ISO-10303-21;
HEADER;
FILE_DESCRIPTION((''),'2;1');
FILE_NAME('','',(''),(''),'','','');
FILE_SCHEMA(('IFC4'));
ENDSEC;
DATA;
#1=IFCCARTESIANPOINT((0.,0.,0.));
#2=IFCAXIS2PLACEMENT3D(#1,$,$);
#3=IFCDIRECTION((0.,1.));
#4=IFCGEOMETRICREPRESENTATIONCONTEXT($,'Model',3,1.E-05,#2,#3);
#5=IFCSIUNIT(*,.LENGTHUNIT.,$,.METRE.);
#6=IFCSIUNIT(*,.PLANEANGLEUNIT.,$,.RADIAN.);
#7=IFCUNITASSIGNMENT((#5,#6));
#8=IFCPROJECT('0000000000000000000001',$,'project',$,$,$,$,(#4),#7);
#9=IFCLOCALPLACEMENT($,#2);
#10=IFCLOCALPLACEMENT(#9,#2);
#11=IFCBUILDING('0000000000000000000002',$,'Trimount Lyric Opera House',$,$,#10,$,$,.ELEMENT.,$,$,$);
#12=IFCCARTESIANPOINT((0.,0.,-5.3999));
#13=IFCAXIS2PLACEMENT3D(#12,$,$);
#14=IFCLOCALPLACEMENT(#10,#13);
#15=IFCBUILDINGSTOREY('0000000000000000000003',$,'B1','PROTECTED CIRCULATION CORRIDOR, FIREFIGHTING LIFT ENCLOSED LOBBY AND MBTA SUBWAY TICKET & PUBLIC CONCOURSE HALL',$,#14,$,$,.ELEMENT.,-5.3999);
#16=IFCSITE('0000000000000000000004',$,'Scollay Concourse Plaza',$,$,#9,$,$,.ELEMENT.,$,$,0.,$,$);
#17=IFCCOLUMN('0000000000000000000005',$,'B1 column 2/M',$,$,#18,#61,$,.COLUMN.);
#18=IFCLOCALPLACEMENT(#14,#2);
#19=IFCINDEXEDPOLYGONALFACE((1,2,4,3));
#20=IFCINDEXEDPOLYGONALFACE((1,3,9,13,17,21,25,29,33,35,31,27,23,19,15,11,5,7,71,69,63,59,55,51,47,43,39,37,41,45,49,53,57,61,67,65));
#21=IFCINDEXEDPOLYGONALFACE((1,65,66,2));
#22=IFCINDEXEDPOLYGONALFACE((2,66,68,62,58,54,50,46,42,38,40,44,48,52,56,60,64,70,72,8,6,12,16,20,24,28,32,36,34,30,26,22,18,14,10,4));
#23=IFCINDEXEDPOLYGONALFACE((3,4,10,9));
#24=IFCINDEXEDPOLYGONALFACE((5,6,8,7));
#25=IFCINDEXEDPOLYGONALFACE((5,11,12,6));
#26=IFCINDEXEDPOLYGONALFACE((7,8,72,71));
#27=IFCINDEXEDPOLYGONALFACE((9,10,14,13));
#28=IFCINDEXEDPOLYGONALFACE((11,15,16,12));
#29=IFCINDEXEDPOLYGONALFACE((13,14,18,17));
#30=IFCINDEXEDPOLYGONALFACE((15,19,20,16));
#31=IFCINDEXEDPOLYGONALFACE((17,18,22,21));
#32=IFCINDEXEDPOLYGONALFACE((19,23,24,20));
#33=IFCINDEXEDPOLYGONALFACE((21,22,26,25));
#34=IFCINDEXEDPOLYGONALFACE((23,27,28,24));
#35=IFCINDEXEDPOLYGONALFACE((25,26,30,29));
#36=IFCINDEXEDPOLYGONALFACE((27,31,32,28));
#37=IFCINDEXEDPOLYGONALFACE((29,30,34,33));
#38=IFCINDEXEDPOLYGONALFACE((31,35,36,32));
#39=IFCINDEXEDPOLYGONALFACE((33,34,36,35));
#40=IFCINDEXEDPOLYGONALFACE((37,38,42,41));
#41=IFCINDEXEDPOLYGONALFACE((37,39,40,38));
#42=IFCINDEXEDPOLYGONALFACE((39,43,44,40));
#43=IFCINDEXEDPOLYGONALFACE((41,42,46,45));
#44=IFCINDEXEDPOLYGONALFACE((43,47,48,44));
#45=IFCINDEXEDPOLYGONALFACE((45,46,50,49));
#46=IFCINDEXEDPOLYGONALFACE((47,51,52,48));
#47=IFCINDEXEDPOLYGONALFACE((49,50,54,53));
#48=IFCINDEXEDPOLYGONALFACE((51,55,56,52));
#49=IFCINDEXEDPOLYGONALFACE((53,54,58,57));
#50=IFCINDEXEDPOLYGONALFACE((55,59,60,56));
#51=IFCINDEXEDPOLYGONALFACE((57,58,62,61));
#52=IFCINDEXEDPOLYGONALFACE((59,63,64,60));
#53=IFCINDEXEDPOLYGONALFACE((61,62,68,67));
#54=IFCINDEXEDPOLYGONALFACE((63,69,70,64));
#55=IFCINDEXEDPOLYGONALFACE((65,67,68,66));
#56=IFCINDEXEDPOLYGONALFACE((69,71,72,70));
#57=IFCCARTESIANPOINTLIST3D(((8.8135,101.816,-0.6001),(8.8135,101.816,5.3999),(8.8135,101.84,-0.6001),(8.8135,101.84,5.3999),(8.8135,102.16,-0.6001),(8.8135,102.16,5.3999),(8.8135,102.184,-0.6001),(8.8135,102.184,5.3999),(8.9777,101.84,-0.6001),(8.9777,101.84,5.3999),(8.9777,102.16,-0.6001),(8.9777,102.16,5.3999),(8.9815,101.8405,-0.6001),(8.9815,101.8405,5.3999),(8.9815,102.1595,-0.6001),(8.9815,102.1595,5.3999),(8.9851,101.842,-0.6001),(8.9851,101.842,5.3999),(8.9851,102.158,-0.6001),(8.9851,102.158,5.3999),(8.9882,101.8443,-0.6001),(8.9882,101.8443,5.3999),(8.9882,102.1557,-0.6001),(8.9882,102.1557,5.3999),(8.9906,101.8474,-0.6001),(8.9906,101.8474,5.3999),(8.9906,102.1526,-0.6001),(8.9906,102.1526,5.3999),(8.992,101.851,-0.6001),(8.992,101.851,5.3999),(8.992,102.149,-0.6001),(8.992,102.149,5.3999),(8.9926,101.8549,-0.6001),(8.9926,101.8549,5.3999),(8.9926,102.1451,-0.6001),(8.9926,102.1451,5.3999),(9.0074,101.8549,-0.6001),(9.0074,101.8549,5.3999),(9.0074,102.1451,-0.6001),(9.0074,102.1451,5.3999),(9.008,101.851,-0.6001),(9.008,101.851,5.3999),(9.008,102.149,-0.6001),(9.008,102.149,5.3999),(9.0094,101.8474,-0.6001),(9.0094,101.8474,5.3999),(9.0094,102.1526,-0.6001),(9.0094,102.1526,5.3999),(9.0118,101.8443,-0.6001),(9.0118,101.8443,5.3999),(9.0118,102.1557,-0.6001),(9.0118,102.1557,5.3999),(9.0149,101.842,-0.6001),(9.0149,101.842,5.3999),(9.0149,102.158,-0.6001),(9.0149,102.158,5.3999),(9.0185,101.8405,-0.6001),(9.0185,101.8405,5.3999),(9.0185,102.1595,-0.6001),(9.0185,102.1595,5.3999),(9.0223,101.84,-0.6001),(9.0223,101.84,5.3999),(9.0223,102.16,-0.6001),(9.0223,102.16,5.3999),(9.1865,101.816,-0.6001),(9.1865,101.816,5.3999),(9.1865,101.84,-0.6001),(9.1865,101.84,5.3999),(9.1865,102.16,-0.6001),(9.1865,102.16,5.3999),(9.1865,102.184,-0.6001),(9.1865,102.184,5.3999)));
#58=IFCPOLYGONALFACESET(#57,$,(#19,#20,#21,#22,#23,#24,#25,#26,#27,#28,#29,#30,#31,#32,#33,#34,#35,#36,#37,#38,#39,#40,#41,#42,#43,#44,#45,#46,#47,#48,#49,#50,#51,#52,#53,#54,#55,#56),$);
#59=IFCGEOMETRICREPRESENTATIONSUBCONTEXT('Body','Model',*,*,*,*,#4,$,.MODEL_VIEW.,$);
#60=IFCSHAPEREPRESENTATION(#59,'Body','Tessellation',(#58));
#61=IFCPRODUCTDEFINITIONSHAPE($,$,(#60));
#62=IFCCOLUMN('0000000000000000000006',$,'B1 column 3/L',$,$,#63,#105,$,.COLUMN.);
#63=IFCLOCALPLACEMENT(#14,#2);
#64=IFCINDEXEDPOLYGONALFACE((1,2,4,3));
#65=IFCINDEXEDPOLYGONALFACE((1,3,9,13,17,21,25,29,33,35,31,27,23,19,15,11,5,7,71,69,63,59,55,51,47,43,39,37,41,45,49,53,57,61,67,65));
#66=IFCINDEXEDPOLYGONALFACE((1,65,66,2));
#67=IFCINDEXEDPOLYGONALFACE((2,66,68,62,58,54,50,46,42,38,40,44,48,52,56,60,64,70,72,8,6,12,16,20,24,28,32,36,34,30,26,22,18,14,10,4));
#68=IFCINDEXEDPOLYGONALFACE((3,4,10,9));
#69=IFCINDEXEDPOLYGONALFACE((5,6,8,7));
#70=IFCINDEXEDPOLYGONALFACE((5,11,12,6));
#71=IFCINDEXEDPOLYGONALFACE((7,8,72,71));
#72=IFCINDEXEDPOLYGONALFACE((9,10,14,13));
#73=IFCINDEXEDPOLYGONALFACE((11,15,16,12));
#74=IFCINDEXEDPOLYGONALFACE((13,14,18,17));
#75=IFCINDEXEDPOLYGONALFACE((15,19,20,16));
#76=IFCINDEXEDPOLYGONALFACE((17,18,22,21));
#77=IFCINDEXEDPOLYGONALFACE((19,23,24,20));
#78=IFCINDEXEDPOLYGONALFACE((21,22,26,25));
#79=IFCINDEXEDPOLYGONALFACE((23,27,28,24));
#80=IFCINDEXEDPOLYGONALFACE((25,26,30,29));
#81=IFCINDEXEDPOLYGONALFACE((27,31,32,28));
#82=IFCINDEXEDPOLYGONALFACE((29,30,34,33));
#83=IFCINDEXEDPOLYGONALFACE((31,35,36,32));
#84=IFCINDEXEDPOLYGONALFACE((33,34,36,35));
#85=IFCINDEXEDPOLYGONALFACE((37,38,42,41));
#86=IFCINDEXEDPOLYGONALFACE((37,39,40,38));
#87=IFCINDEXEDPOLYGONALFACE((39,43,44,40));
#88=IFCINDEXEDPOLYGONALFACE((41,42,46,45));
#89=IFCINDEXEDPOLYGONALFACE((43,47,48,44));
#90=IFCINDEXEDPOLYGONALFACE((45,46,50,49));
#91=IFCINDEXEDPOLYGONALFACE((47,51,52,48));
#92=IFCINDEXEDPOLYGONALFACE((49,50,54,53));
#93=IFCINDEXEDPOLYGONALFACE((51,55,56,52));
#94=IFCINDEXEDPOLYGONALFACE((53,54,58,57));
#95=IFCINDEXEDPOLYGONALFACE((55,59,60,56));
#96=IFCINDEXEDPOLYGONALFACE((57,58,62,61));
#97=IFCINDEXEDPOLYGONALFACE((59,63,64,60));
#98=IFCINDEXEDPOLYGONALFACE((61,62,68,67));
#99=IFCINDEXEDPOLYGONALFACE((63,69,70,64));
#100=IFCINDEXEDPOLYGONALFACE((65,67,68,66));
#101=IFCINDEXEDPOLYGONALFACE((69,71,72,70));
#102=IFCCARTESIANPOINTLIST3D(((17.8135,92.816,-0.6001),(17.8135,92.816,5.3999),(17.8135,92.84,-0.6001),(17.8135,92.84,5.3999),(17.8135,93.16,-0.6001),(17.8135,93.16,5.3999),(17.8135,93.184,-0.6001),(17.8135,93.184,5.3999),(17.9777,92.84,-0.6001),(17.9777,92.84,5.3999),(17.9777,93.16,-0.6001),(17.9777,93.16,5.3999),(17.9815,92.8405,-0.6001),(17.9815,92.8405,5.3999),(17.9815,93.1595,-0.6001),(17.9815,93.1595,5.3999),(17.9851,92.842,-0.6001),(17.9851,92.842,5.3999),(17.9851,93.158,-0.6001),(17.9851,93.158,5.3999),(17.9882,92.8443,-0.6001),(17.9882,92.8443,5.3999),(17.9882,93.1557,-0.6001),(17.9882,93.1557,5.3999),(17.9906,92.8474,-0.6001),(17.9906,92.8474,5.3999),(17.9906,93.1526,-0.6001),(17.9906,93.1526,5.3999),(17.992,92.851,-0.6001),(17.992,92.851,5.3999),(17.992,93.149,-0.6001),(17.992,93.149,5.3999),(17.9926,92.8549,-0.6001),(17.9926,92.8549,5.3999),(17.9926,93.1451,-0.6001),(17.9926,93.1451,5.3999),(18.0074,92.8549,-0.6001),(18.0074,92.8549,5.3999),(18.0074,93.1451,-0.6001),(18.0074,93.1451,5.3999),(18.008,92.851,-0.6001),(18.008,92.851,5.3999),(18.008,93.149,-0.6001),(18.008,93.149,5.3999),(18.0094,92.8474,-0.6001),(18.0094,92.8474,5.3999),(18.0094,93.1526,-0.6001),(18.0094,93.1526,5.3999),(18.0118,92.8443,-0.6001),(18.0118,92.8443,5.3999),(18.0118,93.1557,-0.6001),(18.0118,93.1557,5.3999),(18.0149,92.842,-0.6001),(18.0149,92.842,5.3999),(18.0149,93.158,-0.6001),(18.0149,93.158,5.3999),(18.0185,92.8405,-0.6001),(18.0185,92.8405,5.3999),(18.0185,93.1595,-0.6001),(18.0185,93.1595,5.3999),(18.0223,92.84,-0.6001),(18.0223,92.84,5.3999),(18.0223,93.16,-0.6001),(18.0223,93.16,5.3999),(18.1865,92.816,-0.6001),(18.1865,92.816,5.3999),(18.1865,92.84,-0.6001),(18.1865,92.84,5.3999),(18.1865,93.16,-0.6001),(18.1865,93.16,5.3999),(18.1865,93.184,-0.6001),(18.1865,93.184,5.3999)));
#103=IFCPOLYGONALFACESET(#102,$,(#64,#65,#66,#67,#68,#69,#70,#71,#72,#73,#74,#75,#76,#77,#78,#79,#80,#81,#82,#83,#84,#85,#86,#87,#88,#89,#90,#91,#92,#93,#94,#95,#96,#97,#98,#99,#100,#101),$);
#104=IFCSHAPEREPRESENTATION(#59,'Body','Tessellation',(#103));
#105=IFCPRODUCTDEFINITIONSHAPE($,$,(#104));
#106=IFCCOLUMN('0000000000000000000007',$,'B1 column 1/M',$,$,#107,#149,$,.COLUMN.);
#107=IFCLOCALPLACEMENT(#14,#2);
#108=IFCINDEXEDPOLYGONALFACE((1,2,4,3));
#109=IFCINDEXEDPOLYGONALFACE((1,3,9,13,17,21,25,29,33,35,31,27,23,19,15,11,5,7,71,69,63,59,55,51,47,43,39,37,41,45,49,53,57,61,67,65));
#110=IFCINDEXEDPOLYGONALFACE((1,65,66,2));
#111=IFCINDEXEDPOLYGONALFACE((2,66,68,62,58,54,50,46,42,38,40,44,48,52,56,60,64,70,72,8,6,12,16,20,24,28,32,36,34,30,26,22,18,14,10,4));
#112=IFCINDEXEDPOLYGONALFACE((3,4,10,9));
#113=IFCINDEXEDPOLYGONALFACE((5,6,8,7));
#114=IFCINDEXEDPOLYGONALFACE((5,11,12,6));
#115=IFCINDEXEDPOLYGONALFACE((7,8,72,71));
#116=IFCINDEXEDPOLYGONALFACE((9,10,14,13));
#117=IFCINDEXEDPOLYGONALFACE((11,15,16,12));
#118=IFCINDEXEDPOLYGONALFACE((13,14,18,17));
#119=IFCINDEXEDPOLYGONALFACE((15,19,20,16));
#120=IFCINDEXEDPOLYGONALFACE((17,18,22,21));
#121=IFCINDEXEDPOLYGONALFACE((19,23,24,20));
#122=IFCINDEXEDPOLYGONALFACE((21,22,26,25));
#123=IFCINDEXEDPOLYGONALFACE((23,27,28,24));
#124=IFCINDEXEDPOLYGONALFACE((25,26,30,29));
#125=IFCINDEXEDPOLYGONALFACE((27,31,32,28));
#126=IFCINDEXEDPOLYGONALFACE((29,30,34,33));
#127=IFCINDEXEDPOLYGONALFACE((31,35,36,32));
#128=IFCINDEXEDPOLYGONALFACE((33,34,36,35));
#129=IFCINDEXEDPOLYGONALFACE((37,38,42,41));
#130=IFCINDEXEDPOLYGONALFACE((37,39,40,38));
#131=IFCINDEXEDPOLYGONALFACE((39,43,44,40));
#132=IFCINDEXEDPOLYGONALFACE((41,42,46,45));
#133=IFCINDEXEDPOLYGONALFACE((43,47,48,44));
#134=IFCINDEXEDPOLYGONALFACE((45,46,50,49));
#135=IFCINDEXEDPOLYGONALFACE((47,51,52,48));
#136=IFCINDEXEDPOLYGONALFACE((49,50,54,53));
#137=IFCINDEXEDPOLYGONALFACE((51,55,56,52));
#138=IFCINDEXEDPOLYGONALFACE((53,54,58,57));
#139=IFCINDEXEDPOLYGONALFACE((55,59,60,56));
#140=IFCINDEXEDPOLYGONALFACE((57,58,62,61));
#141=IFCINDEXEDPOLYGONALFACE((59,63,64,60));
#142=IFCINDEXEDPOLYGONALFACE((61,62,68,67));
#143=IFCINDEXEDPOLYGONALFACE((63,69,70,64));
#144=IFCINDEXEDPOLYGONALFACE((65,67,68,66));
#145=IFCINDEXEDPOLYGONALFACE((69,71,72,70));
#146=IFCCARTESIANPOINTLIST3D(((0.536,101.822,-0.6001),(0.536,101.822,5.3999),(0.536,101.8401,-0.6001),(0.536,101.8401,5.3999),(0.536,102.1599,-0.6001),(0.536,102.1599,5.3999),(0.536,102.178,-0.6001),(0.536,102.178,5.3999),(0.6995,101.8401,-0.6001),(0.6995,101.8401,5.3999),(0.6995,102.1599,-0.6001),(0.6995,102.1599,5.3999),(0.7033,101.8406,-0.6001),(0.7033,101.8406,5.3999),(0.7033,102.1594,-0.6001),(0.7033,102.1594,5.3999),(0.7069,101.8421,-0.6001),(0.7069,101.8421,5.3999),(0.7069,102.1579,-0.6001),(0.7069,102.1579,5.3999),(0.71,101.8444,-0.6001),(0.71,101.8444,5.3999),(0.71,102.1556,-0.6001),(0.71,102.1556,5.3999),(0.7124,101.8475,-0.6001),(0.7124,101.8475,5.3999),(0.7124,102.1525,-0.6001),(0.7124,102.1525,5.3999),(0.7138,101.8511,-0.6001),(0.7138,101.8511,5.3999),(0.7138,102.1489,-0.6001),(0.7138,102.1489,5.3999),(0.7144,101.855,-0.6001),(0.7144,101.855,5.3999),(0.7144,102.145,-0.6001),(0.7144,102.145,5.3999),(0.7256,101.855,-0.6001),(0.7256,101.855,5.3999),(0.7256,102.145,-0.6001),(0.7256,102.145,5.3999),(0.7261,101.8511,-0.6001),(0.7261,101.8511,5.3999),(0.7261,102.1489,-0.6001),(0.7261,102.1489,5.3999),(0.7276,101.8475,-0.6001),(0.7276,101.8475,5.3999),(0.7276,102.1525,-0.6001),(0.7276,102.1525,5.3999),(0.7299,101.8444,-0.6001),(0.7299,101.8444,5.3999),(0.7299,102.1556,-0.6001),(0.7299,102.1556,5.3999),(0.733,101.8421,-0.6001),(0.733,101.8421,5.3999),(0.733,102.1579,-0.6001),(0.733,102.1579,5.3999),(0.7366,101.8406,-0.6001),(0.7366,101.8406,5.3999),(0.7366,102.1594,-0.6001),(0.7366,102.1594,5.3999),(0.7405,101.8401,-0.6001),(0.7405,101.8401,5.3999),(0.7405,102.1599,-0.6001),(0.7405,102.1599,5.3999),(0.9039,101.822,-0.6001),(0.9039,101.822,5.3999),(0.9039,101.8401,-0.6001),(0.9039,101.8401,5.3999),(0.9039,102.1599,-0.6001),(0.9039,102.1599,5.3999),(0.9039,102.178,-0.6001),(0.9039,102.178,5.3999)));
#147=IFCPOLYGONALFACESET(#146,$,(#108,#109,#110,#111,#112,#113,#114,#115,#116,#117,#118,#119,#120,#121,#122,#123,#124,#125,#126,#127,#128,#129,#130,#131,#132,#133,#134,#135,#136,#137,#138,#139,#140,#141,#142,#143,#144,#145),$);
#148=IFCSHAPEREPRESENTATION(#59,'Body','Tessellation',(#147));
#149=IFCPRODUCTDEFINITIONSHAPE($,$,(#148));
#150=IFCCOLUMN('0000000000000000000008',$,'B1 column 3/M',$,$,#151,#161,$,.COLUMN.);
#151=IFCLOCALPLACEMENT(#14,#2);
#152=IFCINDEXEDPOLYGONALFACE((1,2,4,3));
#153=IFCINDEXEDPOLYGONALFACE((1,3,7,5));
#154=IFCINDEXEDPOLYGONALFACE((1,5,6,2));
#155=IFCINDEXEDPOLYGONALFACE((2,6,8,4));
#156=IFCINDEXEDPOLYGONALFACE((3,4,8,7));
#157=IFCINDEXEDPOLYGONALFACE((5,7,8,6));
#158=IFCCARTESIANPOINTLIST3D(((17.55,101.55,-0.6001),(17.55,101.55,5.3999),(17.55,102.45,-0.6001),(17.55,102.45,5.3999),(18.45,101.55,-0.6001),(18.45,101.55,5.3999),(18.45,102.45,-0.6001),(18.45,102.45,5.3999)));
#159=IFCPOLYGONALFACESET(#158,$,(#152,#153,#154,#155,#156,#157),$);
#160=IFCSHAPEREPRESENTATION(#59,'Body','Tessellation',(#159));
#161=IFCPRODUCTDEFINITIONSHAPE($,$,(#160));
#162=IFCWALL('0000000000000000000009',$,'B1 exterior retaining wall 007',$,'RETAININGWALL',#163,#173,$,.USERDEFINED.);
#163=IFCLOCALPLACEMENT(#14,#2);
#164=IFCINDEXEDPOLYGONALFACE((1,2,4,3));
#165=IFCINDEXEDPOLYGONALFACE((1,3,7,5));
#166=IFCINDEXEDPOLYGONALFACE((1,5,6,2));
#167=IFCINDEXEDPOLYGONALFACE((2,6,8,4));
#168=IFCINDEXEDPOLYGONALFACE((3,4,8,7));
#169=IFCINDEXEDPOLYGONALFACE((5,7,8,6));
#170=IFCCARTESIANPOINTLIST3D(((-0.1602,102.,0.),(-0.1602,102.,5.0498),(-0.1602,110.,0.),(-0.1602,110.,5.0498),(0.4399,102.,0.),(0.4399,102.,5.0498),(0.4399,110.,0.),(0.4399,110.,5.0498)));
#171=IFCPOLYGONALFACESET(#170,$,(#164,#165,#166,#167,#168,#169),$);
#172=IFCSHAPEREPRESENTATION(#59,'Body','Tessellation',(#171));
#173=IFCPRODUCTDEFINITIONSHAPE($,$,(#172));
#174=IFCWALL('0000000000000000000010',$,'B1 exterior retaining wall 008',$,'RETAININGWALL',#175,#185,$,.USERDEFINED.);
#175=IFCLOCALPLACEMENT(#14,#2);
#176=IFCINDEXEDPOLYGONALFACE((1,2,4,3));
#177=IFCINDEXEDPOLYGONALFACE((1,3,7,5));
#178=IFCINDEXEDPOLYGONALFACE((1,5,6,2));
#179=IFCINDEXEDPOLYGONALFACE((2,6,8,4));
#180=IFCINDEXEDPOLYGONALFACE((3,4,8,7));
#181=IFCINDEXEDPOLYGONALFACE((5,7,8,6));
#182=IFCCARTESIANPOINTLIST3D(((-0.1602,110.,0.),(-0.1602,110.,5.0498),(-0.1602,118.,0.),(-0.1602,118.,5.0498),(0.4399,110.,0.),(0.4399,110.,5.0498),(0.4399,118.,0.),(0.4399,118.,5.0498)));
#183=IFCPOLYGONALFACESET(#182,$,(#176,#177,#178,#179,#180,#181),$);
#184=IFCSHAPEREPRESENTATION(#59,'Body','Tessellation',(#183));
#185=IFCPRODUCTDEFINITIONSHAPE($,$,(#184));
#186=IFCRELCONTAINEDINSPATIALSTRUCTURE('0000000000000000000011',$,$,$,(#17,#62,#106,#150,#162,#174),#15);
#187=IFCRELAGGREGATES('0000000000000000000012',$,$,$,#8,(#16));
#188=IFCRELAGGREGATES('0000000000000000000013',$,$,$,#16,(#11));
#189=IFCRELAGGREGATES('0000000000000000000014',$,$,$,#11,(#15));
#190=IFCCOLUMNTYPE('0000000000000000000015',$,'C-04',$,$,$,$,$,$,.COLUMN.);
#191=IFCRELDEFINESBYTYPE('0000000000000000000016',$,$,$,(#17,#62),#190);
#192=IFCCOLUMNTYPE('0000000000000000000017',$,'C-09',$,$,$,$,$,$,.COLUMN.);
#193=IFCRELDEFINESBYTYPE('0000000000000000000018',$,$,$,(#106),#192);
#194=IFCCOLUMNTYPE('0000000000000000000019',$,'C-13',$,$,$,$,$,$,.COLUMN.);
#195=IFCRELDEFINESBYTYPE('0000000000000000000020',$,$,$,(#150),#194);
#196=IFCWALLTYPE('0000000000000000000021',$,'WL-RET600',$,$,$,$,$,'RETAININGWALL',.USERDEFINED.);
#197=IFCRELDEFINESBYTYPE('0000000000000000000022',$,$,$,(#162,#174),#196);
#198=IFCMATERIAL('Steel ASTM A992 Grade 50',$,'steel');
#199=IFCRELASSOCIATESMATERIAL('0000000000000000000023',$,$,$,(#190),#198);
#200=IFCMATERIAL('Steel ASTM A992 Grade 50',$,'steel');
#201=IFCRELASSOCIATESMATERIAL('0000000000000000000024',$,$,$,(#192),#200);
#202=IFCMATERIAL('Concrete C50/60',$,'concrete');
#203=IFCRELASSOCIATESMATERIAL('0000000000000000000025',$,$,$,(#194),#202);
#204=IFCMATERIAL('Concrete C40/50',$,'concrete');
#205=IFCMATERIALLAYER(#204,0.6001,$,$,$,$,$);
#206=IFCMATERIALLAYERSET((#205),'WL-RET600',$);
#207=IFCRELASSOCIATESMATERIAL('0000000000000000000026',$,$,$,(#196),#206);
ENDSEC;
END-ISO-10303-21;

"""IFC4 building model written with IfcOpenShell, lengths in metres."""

from ifc_helpers import new_model, si_unit, direction, frame, frame_2d, origin, origin_2d, place, context, subcontext, project, spatial, rectangle, i_section, extrude, material, layer, layer_set, material_profile, profile_set, type_object, element, save


model = new_model("IFC4")

# Units and contexts
model_context = context("Model", 3, precision=1e-05, world=origin(), true_north=direction((0.0, 1.0)))
body_context = subcontext(model_context, "Body", "Model", "MODEL_VIEW")
ifc_project = project(units=[si_unit("LENGTHUNIT", "METRE"), si_unit("PLANEANGLEUNIT", "RADIAN")], contexts=[model_context])

# Site, building, storey
site_placement = place(None, origin())
site = spatial("IfcSite", under=ifc_project, at=site_placement, Name="Scollay Concourse Plaza", CompositionType="ELEMENT", RefElevation=0.0)
building_placement = place(site_placement, origin())
building = spatial("IfcBuilding", under=site, at=building_placement, Name="Trimount Lyric Opera House", CompositionType="ELEMENT")
storey_placement = place(building_placement, frame((0.0, 0.0, -5.3999)))
storey = spatial("IfcBuildingStorey", under=building, at=storey_placement, Name="B1", Description="PROTECTED CIRCULATION CORRIDOR, FIREFIGHTING LIFT ENCLOSED LOBBY AND MBTA SUBWAY TICKET & PUBLIC CONCOURSE HALL", CompositionType="ELEMENT", Elevation=-5.3999)

# Columns
ifc_material_1 = material(Name="Steel ASTM A992 Grade 50", Category="steel")
ifc_material_profile_1 = material_profile(ifc_material_1, i_section(OverallWidth=0.373, OverallDepth=0.3679, WebThickness=0.0149, FlangeThickness=0.0239, FilletRadius=0.0149, at=origin_2d()), Name="W14X120")
ifc_profile_set_1 = profile_set([ifc_material_profile_1], Name="Steel ASTM A992 Grade 50")
column_type_1 = type_object("IfcColumnType", Name="C-04", PredefinedType="COLUMN", material=ifc_profile_set_1)
for number, where, z_axis, x_axis, name in (
    (1, (9.0, 102.0, -0.6001), (0.0, 0.0, 1.0), (1.0, 0.0, 0.0), "B1 column 2/M"),
    (2, (18.0, 93.0, -0.6001), (0.0, 0.0, 1.0), (1.0, 0.0, 0.0), "B1 column 3/L"),
):
    element("IfcColumn", number, at=place(storey_placement, frame(where, z_axis=z_axis, x_axis=x_axis)), inside=storey, type_object=column_type_1, Name=name, PredefinedType="COLUMN", context=body_context, shape_type="SweptSolid", body=[
        extrude(i_section(OverallWidth=0.373, OverallDepth=0.3679, WebThickness=0.0149, FlangeThickness=0.0239, FilletRadius=0.0149, at=origin_2d()), origin(), (0.0, 0.0, 1.0), 6.0),
    ])
ifc_material_2 = material(Name="Steel ASTM A992 Grade 50", Category="steel")
ifc_material_profile_2 = material_profile(ifc_material_2, i_section(OverallWidth=0.3679, OverallDepth=0.356, WebThickness=0.0112, FlangeThickness=0.0181, FilletRadius=0.0149, at=origin_2d()), Name="W14X90")
ifc_profile_set_2 = profile_set([ifc_material_profile_2], Name="Steel ASTM A992 Grade 50")
column_type_2 = type_object("IfcColumnType", Name="C-09", PredefinedType="COLUMN", material=ifc_profile_set_2)
column_1_placement = place(storey_placement, frame((0.72, 102.0, -0.6001), z_axis=(0.0, 0.0, 1.0), x_axis=(1.0, 0.0, 0.0)))
element("IfcColumn", 3, at=column_1_placement, inside=storey, type_object=column_type_2, Name="B1 column 1/M", PredefinedType="COLUMN", context=body_context, shape_type="SweptSolid", body=[
    extrude(i_section(OverallWidth=0.3679, OverallDepth=0.356, WebThickness=0.0112, FlangeThickness=0.0181, FilletRadius=0.0149, at=origin_2d()), origin(), (0.0, 0.0, 1.0), 6.0),
])
ifc_material_3 = material(Name="Concrete C50/60", Category="concrete")
ifc_material_profile_3 = material_profile(ifc_material_3, rectangle(XDim=0.8999, YDim=0.8999, at=origin_2d()), Name="RC900X900")
ifc_profile_set_3 = profile_set([ifc_material_profile_3], Name="Concrete C50/60")
column_type_3 = type_object("IfcColumnType", Name="C-13", PredefinedType="COLUMN", material=ifc_profile_set_3)
column_2_placement = place(storey_placement, frame((18.0, 102.0, -0.6001), z_axis=(0.0, 0.0, 1.0), x_axis=(1.0, 0.0, 0.0)))
element("IfcColumn", 4, at=column_2_placement, inside=storey, type_object=column_type_3, Name="B1 column 3/M", PredefinedType="COLUMN", context=body_context, shape_type="SweptSolid", body=[
    extrude(rectangle(XDim=0.8999, YDim=0.8999, at=origin_2d()), origin(), (0.0, 0.0, 1.0), 6.0),
])

# Walls
ifc_material_4 = material(Name="Concrete C40/50", Category="concrete")
ifc_layer = layer(ifc_material_4, 0.6001)
ifc_layer_set = layer_set([ifc_layer], Name="WL-RET600")
wall_type = type_object("IfcWallType", Name="WL-RET600", ElementType="RETAININGWALL", PredefinedType="USERDEFINED", material=ifc_layer_set)
for number, where, z_axis, x_axis, name in (
    (5, (0.1399, 102.0, 0.0), (0.0, 0.0, 1.0), (0.0, 1.0, 0.0), "B1 exterior retaining wall 007"),
    (6, (0.1399, 110.0, 0.0), (0.0, 0.0, 1.0), (0.0, 1.0, 0.0), "B1 exterior retaining wall 008"),
):
    element("IfcWall", number, at=place(storey_placement, frame(where, z_axis=z_axis, x_axis=x_axis)), inside=storey, type_object=wall_type, Name=name, ObjectType="RETAININGWALL", PredefinedType="USERDEFINED", context=body_context, shape_type="SweptSolid", body=[
        extrude(rectangle(XDim=8.0, YDim=0.6001, at=frame_2d((4.0, 0.0))), origin(), (0.0, 0.0, 1.0), 5.0498),
    ])

save(model, "model.ifc")
